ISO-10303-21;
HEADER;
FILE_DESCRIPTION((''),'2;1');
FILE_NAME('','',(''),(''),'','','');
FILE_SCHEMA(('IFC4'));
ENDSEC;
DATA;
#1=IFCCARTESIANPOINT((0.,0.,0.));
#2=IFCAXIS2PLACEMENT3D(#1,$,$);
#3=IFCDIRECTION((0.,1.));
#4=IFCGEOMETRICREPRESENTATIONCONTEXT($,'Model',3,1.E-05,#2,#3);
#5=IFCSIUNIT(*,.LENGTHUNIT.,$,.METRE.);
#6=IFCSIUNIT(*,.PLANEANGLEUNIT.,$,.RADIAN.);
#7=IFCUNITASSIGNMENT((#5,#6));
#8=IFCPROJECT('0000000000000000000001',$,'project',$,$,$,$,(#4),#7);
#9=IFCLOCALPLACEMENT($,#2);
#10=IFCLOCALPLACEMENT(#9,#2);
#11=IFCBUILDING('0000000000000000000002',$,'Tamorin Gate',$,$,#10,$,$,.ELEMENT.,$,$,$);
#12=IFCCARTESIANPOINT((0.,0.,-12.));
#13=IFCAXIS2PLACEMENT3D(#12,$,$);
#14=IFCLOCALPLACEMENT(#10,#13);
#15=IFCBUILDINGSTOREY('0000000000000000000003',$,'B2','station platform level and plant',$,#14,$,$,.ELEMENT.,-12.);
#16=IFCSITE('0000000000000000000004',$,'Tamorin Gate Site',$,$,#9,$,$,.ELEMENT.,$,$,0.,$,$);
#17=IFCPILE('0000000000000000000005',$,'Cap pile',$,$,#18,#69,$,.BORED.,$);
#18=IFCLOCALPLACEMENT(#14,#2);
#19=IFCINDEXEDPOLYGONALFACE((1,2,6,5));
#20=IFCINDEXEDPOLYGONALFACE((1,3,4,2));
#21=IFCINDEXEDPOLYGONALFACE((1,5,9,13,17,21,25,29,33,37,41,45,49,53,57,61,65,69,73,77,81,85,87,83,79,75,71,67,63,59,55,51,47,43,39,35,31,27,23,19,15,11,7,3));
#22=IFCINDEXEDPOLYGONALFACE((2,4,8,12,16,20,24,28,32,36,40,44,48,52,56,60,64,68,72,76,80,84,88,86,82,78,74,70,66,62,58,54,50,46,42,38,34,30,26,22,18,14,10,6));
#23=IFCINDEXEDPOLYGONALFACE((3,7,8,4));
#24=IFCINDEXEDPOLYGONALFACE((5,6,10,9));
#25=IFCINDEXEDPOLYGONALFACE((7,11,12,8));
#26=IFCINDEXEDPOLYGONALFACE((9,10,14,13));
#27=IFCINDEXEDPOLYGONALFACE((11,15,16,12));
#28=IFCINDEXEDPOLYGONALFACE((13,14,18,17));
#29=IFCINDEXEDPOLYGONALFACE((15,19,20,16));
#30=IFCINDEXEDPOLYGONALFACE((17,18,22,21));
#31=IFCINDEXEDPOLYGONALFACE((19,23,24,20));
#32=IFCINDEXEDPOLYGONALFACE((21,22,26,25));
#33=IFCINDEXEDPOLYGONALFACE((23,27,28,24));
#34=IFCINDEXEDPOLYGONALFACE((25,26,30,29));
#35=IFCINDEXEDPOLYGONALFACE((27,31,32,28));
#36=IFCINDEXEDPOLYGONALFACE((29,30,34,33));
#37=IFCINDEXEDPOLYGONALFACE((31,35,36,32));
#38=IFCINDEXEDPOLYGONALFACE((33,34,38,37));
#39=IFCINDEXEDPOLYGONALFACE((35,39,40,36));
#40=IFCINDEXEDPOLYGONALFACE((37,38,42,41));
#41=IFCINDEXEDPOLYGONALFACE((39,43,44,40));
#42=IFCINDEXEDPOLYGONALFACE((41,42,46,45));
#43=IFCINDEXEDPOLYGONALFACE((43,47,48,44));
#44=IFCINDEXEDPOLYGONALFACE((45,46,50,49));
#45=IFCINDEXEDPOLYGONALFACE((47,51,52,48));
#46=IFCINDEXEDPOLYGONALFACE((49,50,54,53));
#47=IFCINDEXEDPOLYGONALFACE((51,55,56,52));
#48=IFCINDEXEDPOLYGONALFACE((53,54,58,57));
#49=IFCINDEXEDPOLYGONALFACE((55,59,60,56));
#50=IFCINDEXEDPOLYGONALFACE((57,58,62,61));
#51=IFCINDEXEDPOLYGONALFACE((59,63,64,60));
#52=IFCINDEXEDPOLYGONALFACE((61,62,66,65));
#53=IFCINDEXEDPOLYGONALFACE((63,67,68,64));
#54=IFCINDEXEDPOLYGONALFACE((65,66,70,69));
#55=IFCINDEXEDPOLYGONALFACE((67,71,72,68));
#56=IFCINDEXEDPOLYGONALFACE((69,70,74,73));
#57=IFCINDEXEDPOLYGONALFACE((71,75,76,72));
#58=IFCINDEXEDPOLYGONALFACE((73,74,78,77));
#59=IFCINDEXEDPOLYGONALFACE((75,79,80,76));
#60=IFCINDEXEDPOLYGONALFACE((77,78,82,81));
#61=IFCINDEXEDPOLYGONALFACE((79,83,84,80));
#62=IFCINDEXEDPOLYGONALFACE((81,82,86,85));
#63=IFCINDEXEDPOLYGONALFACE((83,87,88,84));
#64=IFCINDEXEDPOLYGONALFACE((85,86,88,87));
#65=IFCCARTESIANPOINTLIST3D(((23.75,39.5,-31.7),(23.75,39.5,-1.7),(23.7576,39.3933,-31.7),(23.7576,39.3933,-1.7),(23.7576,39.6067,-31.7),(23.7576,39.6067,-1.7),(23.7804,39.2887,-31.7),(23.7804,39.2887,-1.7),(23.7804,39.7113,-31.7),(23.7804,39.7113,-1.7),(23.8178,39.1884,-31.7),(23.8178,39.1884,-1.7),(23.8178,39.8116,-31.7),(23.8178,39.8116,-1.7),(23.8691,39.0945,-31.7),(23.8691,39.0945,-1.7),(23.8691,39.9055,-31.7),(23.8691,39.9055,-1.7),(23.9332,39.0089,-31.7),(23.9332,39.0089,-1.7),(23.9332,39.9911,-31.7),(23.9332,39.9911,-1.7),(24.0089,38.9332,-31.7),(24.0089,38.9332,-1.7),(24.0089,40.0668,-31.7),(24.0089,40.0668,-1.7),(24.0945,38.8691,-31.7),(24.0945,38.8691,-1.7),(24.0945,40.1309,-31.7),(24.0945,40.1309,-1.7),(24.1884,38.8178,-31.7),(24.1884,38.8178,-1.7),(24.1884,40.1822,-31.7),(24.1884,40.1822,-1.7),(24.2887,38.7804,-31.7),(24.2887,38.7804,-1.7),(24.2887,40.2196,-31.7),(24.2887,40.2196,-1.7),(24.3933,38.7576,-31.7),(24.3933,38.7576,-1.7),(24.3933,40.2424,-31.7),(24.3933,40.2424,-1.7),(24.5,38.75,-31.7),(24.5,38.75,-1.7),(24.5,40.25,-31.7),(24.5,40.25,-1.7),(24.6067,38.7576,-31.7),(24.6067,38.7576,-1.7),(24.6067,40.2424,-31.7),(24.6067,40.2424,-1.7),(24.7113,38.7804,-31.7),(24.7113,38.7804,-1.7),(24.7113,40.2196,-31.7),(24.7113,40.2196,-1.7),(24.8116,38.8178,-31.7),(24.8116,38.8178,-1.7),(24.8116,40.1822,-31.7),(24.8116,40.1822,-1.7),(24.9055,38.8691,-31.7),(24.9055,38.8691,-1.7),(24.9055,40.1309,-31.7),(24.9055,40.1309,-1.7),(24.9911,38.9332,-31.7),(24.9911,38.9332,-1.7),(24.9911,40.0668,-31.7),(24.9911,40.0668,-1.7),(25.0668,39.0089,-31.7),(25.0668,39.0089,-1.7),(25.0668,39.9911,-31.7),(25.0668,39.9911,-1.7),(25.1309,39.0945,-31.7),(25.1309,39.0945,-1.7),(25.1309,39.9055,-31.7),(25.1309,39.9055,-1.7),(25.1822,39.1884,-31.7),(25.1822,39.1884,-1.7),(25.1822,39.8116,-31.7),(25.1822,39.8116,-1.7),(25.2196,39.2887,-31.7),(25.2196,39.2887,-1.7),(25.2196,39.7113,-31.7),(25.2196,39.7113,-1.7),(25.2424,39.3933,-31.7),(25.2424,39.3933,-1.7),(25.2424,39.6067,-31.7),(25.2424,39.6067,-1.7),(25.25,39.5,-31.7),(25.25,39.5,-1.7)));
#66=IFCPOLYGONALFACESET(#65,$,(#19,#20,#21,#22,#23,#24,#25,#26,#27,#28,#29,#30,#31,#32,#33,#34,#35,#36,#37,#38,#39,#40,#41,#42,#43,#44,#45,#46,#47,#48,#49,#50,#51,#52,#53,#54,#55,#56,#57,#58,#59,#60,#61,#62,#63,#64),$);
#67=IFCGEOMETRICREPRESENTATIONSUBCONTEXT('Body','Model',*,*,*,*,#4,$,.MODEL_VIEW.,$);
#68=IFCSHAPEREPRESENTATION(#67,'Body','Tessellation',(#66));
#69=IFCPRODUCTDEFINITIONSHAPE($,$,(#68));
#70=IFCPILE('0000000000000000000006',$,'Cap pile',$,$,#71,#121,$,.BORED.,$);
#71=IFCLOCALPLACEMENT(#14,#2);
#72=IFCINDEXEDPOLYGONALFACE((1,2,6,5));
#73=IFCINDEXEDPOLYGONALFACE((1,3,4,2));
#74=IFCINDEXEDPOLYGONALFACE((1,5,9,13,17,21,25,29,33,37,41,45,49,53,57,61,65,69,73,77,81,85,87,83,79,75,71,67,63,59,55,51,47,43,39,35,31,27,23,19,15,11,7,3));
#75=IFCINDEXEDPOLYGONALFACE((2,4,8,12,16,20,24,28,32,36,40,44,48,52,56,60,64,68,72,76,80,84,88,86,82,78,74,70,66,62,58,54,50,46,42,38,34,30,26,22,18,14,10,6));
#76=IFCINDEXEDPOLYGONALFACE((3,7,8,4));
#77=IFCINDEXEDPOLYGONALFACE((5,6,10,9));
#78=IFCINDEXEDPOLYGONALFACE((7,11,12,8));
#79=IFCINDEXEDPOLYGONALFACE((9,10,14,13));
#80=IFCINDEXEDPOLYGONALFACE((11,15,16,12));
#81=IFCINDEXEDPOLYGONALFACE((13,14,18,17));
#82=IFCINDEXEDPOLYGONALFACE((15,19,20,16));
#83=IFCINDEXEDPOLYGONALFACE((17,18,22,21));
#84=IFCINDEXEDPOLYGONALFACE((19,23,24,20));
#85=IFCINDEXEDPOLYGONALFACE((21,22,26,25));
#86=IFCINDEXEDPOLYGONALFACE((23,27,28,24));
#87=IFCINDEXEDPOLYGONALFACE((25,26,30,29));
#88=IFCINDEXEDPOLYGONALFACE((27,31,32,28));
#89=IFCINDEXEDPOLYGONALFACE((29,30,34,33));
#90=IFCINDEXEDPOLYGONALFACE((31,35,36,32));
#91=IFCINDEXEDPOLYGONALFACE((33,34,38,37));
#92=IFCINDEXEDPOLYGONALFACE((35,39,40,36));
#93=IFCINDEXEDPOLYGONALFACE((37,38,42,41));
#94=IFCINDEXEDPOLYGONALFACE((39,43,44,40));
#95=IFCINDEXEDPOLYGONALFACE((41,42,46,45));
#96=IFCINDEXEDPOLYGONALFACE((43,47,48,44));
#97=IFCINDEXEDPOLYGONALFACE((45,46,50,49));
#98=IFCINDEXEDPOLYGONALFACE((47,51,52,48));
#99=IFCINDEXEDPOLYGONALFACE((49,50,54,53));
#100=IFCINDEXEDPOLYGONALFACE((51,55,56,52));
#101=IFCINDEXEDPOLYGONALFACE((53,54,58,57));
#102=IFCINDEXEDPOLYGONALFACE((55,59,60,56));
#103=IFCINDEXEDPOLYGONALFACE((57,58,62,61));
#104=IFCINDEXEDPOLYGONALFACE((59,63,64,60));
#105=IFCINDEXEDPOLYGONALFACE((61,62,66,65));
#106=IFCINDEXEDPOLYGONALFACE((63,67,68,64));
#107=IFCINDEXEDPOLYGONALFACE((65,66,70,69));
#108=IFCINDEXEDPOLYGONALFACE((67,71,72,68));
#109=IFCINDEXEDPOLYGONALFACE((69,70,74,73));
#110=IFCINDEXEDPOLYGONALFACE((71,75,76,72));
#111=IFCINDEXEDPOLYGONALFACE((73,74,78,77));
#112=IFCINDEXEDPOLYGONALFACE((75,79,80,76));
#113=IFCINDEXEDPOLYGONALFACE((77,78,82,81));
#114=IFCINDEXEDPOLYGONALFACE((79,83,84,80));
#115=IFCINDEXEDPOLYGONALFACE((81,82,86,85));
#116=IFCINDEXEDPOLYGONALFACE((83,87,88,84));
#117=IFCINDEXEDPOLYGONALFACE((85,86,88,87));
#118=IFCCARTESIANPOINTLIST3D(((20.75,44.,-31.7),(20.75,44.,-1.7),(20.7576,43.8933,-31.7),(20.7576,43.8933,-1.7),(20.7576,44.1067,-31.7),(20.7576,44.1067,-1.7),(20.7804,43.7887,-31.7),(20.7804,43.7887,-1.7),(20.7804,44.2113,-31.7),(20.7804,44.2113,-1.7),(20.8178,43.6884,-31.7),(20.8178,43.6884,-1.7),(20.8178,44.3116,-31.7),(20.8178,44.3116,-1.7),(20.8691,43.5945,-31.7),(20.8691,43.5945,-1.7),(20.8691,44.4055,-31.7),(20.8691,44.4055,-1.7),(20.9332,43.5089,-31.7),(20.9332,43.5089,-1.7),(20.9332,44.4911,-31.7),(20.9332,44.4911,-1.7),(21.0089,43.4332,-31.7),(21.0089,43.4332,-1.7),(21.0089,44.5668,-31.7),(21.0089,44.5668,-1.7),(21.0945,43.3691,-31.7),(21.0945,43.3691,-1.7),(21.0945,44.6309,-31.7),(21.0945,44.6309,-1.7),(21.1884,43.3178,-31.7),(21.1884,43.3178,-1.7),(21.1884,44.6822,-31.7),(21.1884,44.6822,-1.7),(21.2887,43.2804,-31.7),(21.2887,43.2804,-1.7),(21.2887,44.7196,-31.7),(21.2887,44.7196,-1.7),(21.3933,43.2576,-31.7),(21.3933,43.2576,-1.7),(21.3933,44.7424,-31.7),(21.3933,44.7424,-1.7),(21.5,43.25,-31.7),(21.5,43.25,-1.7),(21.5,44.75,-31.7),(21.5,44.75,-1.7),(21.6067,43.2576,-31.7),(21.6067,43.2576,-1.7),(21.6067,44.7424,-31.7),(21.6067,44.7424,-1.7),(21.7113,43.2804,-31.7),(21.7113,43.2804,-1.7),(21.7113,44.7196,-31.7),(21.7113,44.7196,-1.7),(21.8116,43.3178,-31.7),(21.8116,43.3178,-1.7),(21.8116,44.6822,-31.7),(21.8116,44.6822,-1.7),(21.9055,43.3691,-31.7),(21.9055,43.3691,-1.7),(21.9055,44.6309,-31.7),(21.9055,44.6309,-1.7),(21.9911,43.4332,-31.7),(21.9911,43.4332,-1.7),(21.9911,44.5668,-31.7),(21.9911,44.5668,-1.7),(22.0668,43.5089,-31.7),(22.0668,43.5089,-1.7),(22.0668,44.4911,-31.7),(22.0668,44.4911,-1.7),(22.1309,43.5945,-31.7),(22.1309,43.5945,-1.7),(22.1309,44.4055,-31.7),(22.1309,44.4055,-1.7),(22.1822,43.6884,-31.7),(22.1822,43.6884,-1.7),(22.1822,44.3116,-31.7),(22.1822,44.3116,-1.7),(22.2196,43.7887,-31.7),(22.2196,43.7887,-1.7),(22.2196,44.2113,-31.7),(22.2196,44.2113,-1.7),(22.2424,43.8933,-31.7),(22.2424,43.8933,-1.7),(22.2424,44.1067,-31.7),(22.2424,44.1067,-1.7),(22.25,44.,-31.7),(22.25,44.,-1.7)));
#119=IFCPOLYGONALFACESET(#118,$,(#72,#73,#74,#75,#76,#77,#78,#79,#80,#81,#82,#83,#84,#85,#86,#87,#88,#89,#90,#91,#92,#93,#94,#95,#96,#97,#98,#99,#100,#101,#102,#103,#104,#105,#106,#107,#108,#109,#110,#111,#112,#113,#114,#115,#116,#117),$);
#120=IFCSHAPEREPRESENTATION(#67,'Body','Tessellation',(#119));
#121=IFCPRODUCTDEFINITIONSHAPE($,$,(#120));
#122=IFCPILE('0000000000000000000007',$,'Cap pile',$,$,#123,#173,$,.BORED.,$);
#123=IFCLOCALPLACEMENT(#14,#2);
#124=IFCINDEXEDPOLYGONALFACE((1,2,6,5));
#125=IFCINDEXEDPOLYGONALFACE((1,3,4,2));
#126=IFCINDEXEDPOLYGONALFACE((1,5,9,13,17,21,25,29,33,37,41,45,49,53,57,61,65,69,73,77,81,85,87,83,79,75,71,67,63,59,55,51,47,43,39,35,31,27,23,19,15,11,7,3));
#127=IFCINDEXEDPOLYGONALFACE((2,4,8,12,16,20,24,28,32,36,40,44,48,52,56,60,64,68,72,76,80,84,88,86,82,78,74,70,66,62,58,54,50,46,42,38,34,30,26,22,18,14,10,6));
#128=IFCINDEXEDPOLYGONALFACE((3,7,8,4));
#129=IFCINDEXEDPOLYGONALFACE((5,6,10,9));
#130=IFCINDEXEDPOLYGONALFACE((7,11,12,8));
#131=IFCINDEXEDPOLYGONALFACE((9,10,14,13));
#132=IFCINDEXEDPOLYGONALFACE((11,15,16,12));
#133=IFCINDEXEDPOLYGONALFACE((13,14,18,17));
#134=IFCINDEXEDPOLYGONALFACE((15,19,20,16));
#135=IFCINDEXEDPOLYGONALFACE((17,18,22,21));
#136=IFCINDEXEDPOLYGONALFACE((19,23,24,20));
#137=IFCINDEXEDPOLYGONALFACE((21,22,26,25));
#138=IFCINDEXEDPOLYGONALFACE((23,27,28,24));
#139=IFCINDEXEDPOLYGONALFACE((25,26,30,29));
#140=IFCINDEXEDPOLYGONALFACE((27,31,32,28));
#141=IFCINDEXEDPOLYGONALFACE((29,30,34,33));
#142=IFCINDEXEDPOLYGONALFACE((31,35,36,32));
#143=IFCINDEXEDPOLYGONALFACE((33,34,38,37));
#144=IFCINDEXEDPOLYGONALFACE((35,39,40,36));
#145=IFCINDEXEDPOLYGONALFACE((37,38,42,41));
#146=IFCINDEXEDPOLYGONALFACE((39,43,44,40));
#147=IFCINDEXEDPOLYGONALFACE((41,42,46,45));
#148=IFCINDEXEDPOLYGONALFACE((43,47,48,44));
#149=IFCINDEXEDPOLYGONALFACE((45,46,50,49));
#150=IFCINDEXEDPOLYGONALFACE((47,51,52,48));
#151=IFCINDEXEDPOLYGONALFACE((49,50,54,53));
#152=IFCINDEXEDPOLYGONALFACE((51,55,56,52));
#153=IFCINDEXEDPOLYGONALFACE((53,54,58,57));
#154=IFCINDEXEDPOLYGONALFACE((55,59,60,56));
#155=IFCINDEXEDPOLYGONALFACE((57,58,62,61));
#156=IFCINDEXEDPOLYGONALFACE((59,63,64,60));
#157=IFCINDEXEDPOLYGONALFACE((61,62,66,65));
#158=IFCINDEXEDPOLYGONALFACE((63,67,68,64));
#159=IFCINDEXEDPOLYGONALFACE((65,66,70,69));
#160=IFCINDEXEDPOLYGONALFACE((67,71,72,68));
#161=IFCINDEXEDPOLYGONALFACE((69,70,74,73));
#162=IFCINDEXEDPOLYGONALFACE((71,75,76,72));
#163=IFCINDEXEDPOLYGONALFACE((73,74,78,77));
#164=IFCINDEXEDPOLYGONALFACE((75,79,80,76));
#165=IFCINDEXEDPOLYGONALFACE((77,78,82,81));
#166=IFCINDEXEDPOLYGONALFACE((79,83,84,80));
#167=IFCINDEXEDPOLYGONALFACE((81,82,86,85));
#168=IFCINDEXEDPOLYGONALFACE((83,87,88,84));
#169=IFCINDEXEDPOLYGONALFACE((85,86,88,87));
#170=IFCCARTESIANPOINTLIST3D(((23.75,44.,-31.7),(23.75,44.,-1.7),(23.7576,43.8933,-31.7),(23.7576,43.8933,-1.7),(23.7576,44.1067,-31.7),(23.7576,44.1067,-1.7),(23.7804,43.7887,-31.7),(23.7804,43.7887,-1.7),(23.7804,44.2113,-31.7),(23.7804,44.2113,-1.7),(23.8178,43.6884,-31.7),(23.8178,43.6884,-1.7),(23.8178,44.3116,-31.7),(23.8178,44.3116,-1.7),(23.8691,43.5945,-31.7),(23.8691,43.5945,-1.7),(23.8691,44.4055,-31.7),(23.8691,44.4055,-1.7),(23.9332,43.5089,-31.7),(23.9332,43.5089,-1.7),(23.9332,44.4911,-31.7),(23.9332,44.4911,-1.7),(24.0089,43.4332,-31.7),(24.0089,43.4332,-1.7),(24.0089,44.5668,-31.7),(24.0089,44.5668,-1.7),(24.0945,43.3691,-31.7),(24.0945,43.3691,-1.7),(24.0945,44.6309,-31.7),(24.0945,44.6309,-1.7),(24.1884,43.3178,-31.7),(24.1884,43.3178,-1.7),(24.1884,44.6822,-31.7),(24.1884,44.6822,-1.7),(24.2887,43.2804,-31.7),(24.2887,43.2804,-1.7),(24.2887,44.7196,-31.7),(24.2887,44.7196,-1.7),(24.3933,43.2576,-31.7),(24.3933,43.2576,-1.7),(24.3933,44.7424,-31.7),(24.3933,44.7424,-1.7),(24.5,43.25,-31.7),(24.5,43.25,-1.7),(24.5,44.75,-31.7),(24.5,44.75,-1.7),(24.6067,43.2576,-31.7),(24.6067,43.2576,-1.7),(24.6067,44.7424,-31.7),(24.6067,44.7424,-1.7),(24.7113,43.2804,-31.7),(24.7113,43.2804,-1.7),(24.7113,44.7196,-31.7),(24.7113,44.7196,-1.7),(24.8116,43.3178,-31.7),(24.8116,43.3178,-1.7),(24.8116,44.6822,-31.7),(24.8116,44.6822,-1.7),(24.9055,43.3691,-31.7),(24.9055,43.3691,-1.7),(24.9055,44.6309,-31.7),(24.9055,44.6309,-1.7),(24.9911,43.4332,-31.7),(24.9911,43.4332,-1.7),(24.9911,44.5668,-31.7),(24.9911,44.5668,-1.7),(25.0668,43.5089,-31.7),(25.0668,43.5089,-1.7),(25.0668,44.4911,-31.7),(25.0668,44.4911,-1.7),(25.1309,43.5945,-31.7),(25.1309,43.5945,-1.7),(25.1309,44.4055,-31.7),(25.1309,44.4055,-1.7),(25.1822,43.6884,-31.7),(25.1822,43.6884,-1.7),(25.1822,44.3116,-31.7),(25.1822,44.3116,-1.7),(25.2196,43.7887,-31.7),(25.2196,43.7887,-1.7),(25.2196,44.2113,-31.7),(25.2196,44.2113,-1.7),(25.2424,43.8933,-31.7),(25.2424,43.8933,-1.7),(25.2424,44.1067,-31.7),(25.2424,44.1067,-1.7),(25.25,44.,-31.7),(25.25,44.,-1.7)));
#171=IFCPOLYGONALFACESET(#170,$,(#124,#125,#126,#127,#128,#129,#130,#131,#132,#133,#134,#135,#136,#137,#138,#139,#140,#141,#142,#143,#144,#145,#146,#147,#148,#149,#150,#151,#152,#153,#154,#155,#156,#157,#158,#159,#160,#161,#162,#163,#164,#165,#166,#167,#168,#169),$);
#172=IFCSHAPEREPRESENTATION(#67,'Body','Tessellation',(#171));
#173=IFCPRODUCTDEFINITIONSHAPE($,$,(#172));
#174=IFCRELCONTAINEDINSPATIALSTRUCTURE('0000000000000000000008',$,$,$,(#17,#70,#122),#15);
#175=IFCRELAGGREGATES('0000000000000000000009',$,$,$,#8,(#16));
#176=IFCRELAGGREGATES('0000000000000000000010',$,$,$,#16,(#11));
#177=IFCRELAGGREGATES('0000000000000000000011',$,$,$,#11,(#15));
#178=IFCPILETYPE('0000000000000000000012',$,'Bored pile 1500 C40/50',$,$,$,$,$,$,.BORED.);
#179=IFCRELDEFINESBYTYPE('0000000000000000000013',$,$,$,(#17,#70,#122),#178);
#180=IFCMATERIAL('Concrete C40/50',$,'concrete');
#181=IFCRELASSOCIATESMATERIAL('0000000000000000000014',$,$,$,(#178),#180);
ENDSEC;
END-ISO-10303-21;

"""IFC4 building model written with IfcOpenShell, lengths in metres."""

from ifc_helpers import new_model, si_unit, direction, frame, origin, origin_2d, place, context, subcontext, project, spatial, circle, extrude, material, material_profile, profile_set, type_object, element, save


model = new_model("IFC4")

# Units and contexts
model_context = context("Model", 3, precision=1e-05, world=origin(), true_north=direction((0.0, 1.0)))
body_context = subcontext(model_context, "Body", "Model", "MODEL_VIEW")
ifc_project = project(units=[si_unit("LENGTHUNIT", "METRE"), si_unit("PLANEANGLEUNIT", "RADIAN")], contexts=[model_context])

# Site, building, storey
site_placement = place(None, origin())
site = spatial("IfcSite", under=ifc_project, at=site_placement, Name="Tamorin Gate Site", CompositionType="ELEMENT", RefElevation=0.0)
building_placement = place(site_placement, origin())
building = spatial("IfcBuilding", under=site, at=building_placement, Name="Tamorin Gate", CompositionType="ELEMENT")
storey_placement = place(building_placement, frame((0.0, 0.0, -12.0)))
storey = spatial("IfcBuildingStorey", under=building, at=storey_placement, Name="B2", Description="station platform level and plant", CompositionType="ELEMENT", Elevation=-12.0)

# Piles
ifc_material_1 = material(Name="Concrete C40/50", Category="concrete")
ifc_material_profile_1 = material_profile(ifc_material_1, circle(Radius=0.75, at=origin_2d()))
ifc_profile_set_1 = profile_set([ifc_material_profile_1], Name="Concrete C40/50")
pile_type = type_object("IfcPileType", Name="Bored pile 1500 C40/50", PredefinedType="BORED", material=ifc_profile_set_1)
for number, where, z_axis, x_axis, name in (
    (1, (24.5, 39.5, -1.7), (0.0, 0.0, -1.0), (1.0, 0.0, 0.0), "Cap pile"),
    (2, (21.5, 44.0, -1.7), (0.0, 0.0, -1.0), (1.0, 0.0, 0.0), "Cap pile"),
    (3, (24.5, 44.0, -1.7), (0.0, 0.0, -1.0), (1.0, 0.0, 0.0), "Cap pile"),
):
    element("IfcPile", number, at=place(storey_placement, frame(where, z_axis=z_axis, x_axis=x_axis)), inside=storey, type_object=pile_type, Name=name, PredefinedType="BORED", context=body_context, shape_type="SweptSolid", body=[
        extrude(circle(Radius=0.75, at=origin_2d()), origin(), (0.0, 0.0, 1.0), 30.0),
    ])

save(model, "model.ifc")
